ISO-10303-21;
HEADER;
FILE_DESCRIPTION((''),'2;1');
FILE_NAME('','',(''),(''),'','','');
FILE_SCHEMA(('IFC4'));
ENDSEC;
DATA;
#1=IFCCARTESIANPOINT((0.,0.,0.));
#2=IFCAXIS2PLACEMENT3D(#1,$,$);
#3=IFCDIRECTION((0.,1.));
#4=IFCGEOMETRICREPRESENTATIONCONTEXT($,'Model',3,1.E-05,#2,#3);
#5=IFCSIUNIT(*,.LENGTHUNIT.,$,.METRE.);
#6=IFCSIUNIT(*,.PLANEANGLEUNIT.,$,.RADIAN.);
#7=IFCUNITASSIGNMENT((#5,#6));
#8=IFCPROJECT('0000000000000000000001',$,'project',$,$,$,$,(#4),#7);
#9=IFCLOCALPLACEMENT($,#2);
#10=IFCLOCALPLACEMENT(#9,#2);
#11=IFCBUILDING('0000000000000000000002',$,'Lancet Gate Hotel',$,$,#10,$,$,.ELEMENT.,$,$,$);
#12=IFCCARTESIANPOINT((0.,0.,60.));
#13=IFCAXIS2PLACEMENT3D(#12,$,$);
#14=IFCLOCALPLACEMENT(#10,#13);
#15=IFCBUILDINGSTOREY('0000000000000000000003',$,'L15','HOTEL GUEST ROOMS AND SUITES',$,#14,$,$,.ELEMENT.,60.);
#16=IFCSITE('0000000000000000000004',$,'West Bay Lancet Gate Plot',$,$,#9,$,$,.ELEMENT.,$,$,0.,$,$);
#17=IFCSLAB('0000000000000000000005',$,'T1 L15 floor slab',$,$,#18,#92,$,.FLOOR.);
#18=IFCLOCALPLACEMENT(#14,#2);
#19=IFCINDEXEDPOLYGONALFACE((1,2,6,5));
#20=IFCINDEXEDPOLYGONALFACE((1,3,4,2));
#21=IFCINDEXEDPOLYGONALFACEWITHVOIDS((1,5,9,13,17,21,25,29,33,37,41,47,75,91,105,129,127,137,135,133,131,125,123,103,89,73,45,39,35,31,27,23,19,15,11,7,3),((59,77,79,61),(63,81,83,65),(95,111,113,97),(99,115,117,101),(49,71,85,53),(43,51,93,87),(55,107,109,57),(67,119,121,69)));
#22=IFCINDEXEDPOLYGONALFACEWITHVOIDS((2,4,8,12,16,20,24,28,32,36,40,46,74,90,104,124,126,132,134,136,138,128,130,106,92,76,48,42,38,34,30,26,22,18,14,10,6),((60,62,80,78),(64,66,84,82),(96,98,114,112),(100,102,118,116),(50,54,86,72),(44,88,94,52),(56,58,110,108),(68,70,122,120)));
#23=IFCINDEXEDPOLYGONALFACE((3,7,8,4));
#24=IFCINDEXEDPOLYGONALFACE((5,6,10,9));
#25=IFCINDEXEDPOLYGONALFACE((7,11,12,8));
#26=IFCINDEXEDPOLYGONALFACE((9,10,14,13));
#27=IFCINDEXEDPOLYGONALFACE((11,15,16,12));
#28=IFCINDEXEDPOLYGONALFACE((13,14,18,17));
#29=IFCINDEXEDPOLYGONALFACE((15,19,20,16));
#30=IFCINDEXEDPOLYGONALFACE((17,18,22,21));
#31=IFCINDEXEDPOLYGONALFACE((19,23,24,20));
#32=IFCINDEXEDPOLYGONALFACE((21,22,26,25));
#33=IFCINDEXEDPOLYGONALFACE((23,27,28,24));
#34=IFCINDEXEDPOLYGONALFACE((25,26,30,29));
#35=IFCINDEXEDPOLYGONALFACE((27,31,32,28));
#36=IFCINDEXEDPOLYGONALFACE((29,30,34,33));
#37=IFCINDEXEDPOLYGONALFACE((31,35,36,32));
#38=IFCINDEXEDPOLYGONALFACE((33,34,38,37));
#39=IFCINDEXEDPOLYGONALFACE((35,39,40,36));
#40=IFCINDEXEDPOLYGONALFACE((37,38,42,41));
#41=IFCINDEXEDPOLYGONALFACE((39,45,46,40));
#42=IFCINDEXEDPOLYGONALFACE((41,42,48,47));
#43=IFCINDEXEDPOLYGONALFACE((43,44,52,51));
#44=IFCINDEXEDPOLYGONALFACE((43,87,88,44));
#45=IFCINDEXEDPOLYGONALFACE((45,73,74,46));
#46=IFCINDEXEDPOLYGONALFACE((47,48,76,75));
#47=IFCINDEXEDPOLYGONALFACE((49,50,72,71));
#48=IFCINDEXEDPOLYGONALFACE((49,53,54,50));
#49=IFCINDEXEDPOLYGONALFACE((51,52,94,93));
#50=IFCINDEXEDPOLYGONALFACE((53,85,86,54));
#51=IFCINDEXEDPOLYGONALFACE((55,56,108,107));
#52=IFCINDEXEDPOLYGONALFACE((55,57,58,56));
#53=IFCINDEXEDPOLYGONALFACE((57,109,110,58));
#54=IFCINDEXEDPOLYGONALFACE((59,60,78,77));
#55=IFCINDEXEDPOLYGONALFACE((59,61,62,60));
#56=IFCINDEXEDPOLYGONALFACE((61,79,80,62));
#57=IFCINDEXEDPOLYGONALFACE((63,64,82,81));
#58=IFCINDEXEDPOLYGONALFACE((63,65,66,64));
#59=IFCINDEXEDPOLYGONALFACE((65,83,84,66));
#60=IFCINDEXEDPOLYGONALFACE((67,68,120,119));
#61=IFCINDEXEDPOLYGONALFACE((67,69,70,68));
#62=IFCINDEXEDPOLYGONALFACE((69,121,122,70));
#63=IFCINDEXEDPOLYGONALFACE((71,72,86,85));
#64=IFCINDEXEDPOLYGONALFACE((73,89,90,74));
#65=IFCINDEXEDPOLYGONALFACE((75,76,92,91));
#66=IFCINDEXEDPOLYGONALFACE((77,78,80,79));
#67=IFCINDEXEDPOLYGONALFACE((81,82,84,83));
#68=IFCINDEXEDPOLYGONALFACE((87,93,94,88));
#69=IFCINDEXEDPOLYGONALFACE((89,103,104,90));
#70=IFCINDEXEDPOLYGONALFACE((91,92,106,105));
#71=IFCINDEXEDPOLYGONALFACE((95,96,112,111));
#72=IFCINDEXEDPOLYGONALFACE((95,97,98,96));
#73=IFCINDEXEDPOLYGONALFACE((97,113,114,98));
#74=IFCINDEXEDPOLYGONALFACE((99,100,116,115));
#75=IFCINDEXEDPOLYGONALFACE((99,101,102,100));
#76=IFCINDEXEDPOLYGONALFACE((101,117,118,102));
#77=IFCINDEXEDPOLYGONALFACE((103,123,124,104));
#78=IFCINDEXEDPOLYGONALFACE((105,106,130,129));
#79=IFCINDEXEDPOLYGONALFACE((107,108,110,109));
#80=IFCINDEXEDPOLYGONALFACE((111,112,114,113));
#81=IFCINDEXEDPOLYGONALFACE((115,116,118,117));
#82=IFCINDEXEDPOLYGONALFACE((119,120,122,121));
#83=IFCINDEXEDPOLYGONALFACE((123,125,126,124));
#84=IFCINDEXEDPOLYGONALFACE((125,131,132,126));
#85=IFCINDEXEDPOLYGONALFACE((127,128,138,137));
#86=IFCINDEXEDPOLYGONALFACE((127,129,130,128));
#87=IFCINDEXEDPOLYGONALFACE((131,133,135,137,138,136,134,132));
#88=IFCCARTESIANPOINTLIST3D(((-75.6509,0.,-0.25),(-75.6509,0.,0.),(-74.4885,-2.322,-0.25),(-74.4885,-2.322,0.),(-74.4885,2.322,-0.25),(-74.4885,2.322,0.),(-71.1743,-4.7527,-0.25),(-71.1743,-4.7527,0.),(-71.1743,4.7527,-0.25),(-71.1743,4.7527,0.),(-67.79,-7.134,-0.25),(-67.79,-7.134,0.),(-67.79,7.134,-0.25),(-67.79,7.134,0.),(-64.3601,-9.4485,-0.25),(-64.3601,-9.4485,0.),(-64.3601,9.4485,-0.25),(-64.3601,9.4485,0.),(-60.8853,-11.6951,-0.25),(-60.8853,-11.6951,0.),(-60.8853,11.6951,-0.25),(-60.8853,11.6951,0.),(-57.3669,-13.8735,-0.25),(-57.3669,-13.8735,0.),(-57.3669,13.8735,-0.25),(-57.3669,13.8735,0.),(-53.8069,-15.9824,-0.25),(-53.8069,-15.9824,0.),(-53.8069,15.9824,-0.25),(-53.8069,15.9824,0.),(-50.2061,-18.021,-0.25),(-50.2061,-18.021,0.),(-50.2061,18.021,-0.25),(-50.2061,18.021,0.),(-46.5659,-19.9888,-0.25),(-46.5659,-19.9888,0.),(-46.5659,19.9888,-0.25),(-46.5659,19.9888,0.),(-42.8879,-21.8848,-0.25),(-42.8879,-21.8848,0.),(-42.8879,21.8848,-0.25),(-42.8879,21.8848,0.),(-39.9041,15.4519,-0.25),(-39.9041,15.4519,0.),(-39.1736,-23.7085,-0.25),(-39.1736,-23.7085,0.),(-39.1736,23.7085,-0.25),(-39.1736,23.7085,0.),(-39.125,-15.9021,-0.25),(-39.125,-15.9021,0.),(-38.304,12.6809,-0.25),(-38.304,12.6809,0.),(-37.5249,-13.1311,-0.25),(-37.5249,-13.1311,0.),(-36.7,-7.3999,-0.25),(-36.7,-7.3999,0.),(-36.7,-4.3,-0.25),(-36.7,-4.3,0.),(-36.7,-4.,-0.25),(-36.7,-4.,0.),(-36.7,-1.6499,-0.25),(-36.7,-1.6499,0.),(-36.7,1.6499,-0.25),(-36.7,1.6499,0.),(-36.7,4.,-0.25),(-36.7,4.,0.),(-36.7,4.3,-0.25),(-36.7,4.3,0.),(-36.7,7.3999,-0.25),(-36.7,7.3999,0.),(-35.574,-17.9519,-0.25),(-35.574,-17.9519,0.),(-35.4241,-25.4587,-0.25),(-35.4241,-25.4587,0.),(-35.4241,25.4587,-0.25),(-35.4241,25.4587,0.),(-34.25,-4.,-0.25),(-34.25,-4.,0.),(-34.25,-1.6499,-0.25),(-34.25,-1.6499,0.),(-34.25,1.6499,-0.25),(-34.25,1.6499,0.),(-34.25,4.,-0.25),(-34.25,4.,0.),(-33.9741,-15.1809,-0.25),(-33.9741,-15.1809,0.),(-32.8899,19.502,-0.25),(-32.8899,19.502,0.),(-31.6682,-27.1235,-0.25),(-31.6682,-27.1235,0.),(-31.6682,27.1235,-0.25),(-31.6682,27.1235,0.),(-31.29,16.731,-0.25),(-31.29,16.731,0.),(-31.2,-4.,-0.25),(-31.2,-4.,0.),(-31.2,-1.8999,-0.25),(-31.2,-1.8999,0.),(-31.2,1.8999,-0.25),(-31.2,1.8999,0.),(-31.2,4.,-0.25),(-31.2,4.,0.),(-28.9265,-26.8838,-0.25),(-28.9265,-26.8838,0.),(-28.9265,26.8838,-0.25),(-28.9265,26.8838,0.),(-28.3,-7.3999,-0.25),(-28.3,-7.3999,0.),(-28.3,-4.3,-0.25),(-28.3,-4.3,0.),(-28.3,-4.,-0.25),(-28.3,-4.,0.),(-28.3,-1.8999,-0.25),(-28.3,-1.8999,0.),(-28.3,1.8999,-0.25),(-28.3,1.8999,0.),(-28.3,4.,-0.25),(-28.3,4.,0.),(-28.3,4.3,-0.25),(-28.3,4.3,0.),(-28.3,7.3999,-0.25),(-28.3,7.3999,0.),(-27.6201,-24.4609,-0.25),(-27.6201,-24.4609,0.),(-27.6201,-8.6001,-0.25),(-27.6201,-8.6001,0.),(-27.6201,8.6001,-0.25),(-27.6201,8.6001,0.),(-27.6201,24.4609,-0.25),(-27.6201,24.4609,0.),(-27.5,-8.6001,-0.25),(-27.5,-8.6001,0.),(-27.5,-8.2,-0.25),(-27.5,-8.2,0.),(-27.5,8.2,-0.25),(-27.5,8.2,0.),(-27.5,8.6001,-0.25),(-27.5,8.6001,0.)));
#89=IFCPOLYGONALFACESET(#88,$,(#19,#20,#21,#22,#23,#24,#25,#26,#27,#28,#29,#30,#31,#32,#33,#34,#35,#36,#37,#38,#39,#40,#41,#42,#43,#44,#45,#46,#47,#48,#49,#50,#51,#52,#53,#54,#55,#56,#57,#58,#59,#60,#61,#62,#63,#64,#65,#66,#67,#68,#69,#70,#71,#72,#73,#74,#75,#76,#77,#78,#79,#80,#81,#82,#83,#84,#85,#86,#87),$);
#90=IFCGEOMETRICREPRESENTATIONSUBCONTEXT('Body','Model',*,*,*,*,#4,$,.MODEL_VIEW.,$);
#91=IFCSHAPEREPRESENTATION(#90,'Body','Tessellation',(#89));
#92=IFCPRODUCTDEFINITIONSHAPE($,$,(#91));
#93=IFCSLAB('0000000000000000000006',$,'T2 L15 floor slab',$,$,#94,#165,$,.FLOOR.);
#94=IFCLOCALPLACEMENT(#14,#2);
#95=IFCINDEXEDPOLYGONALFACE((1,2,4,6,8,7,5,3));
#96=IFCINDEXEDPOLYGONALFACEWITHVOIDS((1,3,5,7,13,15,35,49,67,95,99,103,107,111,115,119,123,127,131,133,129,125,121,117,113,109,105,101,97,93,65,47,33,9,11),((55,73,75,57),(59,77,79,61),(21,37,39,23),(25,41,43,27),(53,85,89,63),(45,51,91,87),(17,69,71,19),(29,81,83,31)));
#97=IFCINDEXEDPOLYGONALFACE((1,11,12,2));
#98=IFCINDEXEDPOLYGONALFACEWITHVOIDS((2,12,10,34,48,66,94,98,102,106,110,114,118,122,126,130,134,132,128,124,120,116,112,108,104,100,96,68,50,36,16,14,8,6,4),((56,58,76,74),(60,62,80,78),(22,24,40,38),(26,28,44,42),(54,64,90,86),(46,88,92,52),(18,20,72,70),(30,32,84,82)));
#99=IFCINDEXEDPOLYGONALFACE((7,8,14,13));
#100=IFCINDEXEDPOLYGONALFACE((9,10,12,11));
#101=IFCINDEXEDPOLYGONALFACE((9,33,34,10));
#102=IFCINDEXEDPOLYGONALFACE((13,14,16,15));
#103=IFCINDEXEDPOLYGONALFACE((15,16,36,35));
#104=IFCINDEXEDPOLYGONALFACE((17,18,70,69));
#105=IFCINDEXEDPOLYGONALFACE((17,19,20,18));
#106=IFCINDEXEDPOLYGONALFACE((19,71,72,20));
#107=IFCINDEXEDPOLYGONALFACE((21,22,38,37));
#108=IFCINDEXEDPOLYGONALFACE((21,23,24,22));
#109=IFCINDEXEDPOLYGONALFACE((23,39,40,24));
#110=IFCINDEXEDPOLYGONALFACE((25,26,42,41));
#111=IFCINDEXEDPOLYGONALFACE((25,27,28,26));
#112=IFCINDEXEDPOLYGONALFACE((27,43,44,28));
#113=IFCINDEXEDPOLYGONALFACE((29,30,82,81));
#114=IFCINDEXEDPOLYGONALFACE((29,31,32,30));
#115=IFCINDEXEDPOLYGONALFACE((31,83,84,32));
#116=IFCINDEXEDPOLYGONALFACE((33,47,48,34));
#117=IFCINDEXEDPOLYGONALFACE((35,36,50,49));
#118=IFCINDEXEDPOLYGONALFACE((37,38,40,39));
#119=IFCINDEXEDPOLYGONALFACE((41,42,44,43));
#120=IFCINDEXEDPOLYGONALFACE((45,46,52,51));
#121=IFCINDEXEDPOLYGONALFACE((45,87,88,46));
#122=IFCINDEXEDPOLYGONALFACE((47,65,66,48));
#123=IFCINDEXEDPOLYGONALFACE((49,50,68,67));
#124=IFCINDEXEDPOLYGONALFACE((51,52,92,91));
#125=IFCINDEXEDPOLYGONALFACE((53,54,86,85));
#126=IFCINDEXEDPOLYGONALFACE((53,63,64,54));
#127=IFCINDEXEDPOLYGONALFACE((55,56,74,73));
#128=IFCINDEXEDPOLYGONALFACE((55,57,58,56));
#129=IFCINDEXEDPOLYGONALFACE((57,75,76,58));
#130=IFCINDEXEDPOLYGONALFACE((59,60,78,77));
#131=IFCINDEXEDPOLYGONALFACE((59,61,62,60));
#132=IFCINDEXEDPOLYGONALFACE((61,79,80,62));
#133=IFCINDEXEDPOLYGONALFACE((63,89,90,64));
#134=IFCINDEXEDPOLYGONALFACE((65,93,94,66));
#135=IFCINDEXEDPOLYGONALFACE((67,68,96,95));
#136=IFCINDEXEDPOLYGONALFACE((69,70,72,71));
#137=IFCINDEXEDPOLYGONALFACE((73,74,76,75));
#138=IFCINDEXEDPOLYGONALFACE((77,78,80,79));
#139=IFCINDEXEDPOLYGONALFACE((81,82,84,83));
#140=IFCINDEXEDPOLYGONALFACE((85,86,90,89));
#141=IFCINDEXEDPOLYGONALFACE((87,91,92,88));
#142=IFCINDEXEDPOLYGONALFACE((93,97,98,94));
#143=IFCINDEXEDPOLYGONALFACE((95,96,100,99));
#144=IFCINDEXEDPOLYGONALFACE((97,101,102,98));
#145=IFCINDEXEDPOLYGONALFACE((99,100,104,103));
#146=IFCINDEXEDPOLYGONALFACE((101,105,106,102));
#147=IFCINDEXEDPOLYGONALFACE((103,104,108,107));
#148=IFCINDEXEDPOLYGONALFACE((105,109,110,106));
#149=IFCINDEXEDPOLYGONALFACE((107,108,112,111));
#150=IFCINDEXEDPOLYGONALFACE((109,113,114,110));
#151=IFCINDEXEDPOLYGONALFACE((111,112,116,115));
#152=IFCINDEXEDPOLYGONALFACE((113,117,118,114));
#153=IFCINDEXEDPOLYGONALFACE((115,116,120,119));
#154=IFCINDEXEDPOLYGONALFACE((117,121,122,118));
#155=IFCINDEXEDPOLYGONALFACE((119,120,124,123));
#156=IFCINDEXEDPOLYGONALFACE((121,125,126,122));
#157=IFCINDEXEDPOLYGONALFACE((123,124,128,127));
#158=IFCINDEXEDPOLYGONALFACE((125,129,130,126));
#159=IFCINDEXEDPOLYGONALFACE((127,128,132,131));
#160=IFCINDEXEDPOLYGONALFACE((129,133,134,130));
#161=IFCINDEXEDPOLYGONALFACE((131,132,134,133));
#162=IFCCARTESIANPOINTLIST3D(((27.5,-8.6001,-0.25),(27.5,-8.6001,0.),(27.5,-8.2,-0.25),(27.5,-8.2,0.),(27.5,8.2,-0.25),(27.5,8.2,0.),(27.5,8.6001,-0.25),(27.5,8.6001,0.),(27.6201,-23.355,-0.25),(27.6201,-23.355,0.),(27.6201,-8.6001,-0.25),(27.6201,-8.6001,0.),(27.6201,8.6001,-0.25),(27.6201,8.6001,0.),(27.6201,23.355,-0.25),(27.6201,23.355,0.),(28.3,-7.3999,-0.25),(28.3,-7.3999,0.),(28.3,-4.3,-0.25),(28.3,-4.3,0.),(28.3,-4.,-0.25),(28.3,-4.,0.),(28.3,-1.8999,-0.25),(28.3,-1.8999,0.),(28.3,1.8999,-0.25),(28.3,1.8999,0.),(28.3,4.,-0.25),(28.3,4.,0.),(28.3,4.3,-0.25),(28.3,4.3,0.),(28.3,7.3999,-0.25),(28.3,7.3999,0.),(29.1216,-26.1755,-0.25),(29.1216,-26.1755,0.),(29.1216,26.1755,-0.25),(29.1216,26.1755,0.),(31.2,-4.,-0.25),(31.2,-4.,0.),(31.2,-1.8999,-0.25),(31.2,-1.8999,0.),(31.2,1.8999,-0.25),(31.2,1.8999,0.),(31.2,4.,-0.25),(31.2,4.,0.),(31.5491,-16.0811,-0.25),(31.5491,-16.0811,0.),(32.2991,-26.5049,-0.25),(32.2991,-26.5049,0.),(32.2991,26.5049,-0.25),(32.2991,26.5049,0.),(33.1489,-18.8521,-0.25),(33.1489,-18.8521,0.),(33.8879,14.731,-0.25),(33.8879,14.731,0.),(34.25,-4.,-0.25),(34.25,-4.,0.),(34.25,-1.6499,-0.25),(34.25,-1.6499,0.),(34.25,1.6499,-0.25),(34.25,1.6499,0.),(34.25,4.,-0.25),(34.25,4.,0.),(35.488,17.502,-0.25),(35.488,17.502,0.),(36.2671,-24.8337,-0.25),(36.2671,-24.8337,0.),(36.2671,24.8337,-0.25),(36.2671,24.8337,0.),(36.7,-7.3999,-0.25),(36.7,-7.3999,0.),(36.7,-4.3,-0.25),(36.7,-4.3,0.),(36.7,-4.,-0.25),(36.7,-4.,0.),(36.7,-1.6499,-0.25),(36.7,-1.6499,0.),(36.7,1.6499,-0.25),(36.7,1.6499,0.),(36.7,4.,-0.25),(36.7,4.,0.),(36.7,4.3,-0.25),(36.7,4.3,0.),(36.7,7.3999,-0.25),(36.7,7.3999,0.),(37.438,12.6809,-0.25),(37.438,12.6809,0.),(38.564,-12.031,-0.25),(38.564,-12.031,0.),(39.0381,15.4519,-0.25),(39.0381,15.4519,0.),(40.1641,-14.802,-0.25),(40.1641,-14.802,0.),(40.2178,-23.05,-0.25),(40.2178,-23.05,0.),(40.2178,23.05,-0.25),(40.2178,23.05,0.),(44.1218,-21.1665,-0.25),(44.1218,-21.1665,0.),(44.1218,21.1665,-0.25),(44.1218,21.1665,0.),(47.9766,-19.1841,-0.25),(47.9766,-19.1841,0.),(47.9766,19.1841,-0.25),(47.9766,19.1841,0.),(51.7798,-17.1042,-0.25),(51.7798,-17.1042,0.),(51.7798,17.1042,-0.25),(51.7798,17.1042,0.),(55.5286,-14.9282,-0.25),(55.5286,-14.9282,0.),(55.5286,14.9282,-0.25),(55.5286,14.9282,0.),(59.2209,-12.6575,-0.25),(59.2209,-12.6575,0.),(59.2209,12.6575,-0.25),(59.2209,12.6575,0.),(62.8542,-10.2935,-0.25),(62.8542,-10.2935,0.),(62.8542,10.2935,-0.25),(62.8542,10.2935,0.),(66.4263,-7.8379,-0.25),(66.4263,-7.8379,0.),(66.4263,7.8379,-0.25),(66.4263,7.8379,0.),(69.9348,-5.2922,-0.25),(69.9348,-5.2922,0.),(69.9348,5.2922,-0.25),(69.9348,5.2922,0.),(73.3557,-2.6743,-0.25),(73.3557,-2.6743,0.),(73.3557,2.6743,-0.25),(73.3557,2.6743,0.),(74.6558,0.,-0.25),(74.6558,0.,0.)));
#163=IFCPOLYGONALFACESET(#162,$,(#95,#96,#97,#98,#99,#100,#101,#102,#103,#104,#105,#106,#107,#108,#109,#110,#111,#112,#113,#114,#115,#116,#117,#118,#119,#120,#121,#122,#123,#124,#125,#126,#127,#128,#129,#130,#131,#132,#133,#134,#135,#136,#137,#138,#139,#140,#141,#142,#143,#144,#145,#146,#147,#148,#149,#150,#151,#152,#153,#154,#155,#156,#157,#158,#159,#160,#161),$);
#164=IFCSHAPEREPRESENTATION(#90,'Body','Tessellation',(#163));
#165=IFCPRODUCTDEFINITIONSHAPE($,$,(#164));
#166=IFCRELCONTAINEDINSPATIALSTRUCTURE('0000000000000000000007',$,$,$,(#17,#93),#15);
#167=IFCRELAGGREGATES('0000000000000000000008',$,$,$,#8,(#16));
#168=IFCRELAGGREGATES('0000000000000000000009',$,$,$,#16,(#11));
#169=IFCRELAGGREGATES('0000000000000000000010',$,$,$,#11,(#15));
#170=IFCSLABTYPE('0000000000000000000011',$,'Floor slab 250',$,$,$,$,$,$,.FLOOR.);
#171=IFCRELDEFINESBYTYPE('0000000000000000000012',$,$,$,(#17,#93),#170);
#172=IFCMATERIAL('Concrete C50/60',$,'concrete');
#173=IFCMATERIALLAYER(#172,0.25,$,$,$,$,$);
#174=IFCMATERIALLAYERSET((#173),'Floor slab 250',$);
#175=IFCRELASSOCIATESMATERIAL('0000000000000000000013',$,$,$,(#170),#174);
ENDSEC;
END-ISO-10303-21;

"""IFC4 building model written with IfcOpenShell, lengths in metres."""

from ifc_helpers import new_model, si_unit, direction, frame, origin, place, context, subcontext, project, spatial, polyline, outline, extrude, material, layer, layer_set, type_object, element, save


model = new_model("IFC4")

# Units and contexts
model_context = context("Model", 3, precision=1e-05, world=origin(), true_north=direction((0.0, 1.0)))
body_context = subcontext(model_context, "Body", "Model", "MODEL_VIEW")
ifc_project = project(units=[si_unit("LENGTHUNIT", "METRE"), si_unit("PLANEANGLEUNIT", "RADIAN")], contexts=[model_context])

# Site, building, storey
site_placement = place(None, origin())
site = spatial("IfcSite", under=ifc_project, at=site_placement, Name="West Bay Lancet Gate Plot", CompositionType="ELEMENT", RefElevation=0.0)
building_placement = place(site_placement, origin())
building = spatial("IfcBuilding", under=site, at=building_placement, Name="Lancet Gate Hotel", CompositionType="ELEMENT")
storey_placement = place(building_placement, frame((0.0, 0.0, 60.0)))
storey = spatial("IfcBuildingStorey", under=building, at=storey_placement, Name="L15", Description="HOTEL GUEST ROOMS AND SUITES", CompositionType="ELEMENT", Elevation=60.0)

# Slabs
ifc_material_1 = material(Name="Concrete C50/60", Category="concrete")
ifc_layer_1 = layer(ifc_material_1, 0.25)
ifc_layer_set_1 = layer_set([ifc_layer_1], Name="Floor slab 250")
slab_type_1 = type_object("IfcSlabType", Name="Floor slab 250", PredefinedType="FLOOR", material=ifc_layer_set_1)
slab_1_placement = place(storey_placement, frame((0.0, 0.0, -0.25)))
element("IfcSlab", 1, at=slab_1_placement, inside=storey, type_object=slab_type_1, Name="T1 L15 floor slab", PredefinedType="FLOOR", context=body_context, shape_type="SweptSolid", body=[
    extrude(outline(polyline([(-27.5, 8.6001), (-27.6201, 8.6001), (-27.6201, 24.4609), (-28.9265, 26.8838), (-31.6682, 27.1235), (-35.4241, 25.4587), (-39.1736, 23.7085), (-42.8879, 21.8848), (-46.5659, 19.9888), (-50.2061, 18.021), (-53.8069, 15.9824), (-57.3669, 13.8735), (-60.8853, 11.6951), (-64.3601, 9.4485), (-67.79, 7.134), (-71.1743, 4.7527), (-74.4885, 2.322), (-75.6509, 0.0), (-74.4885, -2.322), (-71.1743, -4.7527), (-67.79, -7.134), (-64.3601, -9.4485), (-60.8853, -11.6951), (-57.3669, -13.8735), (-53.8069, -15.9824), (-50.2061, -18.021), (-46.5659, -19.9888), (-42.8879, -21.8848), (-39.1736, -23.7085), (-35.4241, -25.4587), (-31.6682, -27.1235), (-28.9265, -26.8838), (-27.6201, -24.4609), (-27.6201, -8.6001), (-27.5, -8.6001), (-27.5, -8.2), (-27.5, 8.2), (-27.5, 8.6001)]), holes=[polyline([(-36.7, 7.3999), (-36.7, 4.3), (-28.3, 4.3), (-28.3, 7.3999), (-36.7, 7.3999)]), polyline([(-28.3, 4.0), (-31.2, 4.0), (-31.2, 1.8999), (-28.3, 1.8999), (-28.3, 4.0)]), polyline([(-34.25, 4.0), (-36.7, 4.0), (-36.7, 1.6499), (-34.25, 1.6499), (-34.25, 4.0)]), polyline([(-36.7, -1.6499), (-36.7, -4.0), (-34.25, -4.0), (-34.25, -1.6499), (-36.7, -1.6499)]), polyline([(-28.3, -1.8999), (-31.2, -1.8999), (-31.2, -4.0), (-28.3, -4.0), (-28.3, -1.8999)]), polyline([(-28.3, -4.3), (-36.7, -4.3), (-36.7, -7.3999), (-28.3, -7.3999), (-28.3, -4.3)]), polyline([(-31.29, 16.731), (-32.8899, 19.502), (-39.9041, 15.4519), (-38.304, 12.6809), (-31.29, 16.731)]), polyline([(-33.9741, -15.1809), (-37.5249, -13.1311), (-39.125, -15.9021), (-35.574, -17.9519), (-33.9741, -15.1809)])]), origin(), (0.0, 0.0, 1.0), 0.25),
])
slab_2_placement = place(storey_placement, frame((0.0, 0.0, -0.25)))
element("IfcSlab", 2, at=slab_2_placement, inside=storey, type_object=slab_type_1, Name="T2 L15 floor slab", PredefinedType="FLOOR", context=body_context, shape_type="SweptSolid", body=[
    extrude(outline(polyline([(27.5, -8.6001), (27.6201, -8.6001), (27.6201, -23.355), (29.1216, -26.1755), (32.2991, -26.5049), (36.2671, -24.8337), (40.2178, -23.05), (44.1218, -21.1665), (47.9766, -19.1841), (51.7798, -17.1042), (55.5286, -14.9282), (59.2209, -12.6575), (62.8542, -10.2935), (66.4263, -7.8379), (69.9348, -5.2922), (73.3557, -2.6743), (74.6558, 0.0), (73.3557, 2.6743), (69.9348, 5.2922), (66.4263, 7.8379), (62.8542, 10.2935), (59.2209, 12.6575), (55.5286, 14.9282), (51.7798, 17.1042), (47.9766, 19.1841), (44.1218, 21.1665), (40.2178, 23.05), (36.2671, 24.8337), (32.2991, 26.5049), (29.1216, 26.1755), (27.6201, 23.355), (27.6201, 8.6001), (27.5, 8.6001), (27.5, 8.2), (27.5, -8.2), (27.5, -8.6001)]), holes=[polyline([(36.7, -7.3999), (36.7, -4.3), (28.3, -4.3), (28.3, -7.3999), (36.7, -7.3999)]), polyline([(28.3, -4.0), (31.2, -4.0), (31.2, -1.8999), (28.3, -1.8999), (28.3, -4.0)]), polyline([(34.25, -4.0), (36.7, -4.0), (36.7, -1.6499), (34.25, -1.6499), (34.25, -4.0)]), polyline([(36.7, 1.6499), (36.7, 4.0), (34.25, 4.0), (34.25, 1.6499), (36.7, 1.6499)]), polyline([(28.3, 1.8999), (31.2, 1.8999), (31.2, 4.0), (28.3, 4.0), (28.3, 1.8999)]), polyline([(28.3, 4.3), (36.7, 4.3), (36.7, 7.3999), (28.3, 7.3999), (28.3, 4.3)]), polyline([(31.5491, -16.0811), (33.1489, -18.8521), (40.1641, -14.802), (38.564, -12.031), (31.5491, -16.0811)]), polyline([(33.8879, 14.731), (37.438, 12.6809), (39.0381, 15.4519), (35.488, 17.502), (33.8879, 14.731)])]), origin(), (0.0, 0.0, 1.0), 0.25),
])

save(model, "model.ifc")
